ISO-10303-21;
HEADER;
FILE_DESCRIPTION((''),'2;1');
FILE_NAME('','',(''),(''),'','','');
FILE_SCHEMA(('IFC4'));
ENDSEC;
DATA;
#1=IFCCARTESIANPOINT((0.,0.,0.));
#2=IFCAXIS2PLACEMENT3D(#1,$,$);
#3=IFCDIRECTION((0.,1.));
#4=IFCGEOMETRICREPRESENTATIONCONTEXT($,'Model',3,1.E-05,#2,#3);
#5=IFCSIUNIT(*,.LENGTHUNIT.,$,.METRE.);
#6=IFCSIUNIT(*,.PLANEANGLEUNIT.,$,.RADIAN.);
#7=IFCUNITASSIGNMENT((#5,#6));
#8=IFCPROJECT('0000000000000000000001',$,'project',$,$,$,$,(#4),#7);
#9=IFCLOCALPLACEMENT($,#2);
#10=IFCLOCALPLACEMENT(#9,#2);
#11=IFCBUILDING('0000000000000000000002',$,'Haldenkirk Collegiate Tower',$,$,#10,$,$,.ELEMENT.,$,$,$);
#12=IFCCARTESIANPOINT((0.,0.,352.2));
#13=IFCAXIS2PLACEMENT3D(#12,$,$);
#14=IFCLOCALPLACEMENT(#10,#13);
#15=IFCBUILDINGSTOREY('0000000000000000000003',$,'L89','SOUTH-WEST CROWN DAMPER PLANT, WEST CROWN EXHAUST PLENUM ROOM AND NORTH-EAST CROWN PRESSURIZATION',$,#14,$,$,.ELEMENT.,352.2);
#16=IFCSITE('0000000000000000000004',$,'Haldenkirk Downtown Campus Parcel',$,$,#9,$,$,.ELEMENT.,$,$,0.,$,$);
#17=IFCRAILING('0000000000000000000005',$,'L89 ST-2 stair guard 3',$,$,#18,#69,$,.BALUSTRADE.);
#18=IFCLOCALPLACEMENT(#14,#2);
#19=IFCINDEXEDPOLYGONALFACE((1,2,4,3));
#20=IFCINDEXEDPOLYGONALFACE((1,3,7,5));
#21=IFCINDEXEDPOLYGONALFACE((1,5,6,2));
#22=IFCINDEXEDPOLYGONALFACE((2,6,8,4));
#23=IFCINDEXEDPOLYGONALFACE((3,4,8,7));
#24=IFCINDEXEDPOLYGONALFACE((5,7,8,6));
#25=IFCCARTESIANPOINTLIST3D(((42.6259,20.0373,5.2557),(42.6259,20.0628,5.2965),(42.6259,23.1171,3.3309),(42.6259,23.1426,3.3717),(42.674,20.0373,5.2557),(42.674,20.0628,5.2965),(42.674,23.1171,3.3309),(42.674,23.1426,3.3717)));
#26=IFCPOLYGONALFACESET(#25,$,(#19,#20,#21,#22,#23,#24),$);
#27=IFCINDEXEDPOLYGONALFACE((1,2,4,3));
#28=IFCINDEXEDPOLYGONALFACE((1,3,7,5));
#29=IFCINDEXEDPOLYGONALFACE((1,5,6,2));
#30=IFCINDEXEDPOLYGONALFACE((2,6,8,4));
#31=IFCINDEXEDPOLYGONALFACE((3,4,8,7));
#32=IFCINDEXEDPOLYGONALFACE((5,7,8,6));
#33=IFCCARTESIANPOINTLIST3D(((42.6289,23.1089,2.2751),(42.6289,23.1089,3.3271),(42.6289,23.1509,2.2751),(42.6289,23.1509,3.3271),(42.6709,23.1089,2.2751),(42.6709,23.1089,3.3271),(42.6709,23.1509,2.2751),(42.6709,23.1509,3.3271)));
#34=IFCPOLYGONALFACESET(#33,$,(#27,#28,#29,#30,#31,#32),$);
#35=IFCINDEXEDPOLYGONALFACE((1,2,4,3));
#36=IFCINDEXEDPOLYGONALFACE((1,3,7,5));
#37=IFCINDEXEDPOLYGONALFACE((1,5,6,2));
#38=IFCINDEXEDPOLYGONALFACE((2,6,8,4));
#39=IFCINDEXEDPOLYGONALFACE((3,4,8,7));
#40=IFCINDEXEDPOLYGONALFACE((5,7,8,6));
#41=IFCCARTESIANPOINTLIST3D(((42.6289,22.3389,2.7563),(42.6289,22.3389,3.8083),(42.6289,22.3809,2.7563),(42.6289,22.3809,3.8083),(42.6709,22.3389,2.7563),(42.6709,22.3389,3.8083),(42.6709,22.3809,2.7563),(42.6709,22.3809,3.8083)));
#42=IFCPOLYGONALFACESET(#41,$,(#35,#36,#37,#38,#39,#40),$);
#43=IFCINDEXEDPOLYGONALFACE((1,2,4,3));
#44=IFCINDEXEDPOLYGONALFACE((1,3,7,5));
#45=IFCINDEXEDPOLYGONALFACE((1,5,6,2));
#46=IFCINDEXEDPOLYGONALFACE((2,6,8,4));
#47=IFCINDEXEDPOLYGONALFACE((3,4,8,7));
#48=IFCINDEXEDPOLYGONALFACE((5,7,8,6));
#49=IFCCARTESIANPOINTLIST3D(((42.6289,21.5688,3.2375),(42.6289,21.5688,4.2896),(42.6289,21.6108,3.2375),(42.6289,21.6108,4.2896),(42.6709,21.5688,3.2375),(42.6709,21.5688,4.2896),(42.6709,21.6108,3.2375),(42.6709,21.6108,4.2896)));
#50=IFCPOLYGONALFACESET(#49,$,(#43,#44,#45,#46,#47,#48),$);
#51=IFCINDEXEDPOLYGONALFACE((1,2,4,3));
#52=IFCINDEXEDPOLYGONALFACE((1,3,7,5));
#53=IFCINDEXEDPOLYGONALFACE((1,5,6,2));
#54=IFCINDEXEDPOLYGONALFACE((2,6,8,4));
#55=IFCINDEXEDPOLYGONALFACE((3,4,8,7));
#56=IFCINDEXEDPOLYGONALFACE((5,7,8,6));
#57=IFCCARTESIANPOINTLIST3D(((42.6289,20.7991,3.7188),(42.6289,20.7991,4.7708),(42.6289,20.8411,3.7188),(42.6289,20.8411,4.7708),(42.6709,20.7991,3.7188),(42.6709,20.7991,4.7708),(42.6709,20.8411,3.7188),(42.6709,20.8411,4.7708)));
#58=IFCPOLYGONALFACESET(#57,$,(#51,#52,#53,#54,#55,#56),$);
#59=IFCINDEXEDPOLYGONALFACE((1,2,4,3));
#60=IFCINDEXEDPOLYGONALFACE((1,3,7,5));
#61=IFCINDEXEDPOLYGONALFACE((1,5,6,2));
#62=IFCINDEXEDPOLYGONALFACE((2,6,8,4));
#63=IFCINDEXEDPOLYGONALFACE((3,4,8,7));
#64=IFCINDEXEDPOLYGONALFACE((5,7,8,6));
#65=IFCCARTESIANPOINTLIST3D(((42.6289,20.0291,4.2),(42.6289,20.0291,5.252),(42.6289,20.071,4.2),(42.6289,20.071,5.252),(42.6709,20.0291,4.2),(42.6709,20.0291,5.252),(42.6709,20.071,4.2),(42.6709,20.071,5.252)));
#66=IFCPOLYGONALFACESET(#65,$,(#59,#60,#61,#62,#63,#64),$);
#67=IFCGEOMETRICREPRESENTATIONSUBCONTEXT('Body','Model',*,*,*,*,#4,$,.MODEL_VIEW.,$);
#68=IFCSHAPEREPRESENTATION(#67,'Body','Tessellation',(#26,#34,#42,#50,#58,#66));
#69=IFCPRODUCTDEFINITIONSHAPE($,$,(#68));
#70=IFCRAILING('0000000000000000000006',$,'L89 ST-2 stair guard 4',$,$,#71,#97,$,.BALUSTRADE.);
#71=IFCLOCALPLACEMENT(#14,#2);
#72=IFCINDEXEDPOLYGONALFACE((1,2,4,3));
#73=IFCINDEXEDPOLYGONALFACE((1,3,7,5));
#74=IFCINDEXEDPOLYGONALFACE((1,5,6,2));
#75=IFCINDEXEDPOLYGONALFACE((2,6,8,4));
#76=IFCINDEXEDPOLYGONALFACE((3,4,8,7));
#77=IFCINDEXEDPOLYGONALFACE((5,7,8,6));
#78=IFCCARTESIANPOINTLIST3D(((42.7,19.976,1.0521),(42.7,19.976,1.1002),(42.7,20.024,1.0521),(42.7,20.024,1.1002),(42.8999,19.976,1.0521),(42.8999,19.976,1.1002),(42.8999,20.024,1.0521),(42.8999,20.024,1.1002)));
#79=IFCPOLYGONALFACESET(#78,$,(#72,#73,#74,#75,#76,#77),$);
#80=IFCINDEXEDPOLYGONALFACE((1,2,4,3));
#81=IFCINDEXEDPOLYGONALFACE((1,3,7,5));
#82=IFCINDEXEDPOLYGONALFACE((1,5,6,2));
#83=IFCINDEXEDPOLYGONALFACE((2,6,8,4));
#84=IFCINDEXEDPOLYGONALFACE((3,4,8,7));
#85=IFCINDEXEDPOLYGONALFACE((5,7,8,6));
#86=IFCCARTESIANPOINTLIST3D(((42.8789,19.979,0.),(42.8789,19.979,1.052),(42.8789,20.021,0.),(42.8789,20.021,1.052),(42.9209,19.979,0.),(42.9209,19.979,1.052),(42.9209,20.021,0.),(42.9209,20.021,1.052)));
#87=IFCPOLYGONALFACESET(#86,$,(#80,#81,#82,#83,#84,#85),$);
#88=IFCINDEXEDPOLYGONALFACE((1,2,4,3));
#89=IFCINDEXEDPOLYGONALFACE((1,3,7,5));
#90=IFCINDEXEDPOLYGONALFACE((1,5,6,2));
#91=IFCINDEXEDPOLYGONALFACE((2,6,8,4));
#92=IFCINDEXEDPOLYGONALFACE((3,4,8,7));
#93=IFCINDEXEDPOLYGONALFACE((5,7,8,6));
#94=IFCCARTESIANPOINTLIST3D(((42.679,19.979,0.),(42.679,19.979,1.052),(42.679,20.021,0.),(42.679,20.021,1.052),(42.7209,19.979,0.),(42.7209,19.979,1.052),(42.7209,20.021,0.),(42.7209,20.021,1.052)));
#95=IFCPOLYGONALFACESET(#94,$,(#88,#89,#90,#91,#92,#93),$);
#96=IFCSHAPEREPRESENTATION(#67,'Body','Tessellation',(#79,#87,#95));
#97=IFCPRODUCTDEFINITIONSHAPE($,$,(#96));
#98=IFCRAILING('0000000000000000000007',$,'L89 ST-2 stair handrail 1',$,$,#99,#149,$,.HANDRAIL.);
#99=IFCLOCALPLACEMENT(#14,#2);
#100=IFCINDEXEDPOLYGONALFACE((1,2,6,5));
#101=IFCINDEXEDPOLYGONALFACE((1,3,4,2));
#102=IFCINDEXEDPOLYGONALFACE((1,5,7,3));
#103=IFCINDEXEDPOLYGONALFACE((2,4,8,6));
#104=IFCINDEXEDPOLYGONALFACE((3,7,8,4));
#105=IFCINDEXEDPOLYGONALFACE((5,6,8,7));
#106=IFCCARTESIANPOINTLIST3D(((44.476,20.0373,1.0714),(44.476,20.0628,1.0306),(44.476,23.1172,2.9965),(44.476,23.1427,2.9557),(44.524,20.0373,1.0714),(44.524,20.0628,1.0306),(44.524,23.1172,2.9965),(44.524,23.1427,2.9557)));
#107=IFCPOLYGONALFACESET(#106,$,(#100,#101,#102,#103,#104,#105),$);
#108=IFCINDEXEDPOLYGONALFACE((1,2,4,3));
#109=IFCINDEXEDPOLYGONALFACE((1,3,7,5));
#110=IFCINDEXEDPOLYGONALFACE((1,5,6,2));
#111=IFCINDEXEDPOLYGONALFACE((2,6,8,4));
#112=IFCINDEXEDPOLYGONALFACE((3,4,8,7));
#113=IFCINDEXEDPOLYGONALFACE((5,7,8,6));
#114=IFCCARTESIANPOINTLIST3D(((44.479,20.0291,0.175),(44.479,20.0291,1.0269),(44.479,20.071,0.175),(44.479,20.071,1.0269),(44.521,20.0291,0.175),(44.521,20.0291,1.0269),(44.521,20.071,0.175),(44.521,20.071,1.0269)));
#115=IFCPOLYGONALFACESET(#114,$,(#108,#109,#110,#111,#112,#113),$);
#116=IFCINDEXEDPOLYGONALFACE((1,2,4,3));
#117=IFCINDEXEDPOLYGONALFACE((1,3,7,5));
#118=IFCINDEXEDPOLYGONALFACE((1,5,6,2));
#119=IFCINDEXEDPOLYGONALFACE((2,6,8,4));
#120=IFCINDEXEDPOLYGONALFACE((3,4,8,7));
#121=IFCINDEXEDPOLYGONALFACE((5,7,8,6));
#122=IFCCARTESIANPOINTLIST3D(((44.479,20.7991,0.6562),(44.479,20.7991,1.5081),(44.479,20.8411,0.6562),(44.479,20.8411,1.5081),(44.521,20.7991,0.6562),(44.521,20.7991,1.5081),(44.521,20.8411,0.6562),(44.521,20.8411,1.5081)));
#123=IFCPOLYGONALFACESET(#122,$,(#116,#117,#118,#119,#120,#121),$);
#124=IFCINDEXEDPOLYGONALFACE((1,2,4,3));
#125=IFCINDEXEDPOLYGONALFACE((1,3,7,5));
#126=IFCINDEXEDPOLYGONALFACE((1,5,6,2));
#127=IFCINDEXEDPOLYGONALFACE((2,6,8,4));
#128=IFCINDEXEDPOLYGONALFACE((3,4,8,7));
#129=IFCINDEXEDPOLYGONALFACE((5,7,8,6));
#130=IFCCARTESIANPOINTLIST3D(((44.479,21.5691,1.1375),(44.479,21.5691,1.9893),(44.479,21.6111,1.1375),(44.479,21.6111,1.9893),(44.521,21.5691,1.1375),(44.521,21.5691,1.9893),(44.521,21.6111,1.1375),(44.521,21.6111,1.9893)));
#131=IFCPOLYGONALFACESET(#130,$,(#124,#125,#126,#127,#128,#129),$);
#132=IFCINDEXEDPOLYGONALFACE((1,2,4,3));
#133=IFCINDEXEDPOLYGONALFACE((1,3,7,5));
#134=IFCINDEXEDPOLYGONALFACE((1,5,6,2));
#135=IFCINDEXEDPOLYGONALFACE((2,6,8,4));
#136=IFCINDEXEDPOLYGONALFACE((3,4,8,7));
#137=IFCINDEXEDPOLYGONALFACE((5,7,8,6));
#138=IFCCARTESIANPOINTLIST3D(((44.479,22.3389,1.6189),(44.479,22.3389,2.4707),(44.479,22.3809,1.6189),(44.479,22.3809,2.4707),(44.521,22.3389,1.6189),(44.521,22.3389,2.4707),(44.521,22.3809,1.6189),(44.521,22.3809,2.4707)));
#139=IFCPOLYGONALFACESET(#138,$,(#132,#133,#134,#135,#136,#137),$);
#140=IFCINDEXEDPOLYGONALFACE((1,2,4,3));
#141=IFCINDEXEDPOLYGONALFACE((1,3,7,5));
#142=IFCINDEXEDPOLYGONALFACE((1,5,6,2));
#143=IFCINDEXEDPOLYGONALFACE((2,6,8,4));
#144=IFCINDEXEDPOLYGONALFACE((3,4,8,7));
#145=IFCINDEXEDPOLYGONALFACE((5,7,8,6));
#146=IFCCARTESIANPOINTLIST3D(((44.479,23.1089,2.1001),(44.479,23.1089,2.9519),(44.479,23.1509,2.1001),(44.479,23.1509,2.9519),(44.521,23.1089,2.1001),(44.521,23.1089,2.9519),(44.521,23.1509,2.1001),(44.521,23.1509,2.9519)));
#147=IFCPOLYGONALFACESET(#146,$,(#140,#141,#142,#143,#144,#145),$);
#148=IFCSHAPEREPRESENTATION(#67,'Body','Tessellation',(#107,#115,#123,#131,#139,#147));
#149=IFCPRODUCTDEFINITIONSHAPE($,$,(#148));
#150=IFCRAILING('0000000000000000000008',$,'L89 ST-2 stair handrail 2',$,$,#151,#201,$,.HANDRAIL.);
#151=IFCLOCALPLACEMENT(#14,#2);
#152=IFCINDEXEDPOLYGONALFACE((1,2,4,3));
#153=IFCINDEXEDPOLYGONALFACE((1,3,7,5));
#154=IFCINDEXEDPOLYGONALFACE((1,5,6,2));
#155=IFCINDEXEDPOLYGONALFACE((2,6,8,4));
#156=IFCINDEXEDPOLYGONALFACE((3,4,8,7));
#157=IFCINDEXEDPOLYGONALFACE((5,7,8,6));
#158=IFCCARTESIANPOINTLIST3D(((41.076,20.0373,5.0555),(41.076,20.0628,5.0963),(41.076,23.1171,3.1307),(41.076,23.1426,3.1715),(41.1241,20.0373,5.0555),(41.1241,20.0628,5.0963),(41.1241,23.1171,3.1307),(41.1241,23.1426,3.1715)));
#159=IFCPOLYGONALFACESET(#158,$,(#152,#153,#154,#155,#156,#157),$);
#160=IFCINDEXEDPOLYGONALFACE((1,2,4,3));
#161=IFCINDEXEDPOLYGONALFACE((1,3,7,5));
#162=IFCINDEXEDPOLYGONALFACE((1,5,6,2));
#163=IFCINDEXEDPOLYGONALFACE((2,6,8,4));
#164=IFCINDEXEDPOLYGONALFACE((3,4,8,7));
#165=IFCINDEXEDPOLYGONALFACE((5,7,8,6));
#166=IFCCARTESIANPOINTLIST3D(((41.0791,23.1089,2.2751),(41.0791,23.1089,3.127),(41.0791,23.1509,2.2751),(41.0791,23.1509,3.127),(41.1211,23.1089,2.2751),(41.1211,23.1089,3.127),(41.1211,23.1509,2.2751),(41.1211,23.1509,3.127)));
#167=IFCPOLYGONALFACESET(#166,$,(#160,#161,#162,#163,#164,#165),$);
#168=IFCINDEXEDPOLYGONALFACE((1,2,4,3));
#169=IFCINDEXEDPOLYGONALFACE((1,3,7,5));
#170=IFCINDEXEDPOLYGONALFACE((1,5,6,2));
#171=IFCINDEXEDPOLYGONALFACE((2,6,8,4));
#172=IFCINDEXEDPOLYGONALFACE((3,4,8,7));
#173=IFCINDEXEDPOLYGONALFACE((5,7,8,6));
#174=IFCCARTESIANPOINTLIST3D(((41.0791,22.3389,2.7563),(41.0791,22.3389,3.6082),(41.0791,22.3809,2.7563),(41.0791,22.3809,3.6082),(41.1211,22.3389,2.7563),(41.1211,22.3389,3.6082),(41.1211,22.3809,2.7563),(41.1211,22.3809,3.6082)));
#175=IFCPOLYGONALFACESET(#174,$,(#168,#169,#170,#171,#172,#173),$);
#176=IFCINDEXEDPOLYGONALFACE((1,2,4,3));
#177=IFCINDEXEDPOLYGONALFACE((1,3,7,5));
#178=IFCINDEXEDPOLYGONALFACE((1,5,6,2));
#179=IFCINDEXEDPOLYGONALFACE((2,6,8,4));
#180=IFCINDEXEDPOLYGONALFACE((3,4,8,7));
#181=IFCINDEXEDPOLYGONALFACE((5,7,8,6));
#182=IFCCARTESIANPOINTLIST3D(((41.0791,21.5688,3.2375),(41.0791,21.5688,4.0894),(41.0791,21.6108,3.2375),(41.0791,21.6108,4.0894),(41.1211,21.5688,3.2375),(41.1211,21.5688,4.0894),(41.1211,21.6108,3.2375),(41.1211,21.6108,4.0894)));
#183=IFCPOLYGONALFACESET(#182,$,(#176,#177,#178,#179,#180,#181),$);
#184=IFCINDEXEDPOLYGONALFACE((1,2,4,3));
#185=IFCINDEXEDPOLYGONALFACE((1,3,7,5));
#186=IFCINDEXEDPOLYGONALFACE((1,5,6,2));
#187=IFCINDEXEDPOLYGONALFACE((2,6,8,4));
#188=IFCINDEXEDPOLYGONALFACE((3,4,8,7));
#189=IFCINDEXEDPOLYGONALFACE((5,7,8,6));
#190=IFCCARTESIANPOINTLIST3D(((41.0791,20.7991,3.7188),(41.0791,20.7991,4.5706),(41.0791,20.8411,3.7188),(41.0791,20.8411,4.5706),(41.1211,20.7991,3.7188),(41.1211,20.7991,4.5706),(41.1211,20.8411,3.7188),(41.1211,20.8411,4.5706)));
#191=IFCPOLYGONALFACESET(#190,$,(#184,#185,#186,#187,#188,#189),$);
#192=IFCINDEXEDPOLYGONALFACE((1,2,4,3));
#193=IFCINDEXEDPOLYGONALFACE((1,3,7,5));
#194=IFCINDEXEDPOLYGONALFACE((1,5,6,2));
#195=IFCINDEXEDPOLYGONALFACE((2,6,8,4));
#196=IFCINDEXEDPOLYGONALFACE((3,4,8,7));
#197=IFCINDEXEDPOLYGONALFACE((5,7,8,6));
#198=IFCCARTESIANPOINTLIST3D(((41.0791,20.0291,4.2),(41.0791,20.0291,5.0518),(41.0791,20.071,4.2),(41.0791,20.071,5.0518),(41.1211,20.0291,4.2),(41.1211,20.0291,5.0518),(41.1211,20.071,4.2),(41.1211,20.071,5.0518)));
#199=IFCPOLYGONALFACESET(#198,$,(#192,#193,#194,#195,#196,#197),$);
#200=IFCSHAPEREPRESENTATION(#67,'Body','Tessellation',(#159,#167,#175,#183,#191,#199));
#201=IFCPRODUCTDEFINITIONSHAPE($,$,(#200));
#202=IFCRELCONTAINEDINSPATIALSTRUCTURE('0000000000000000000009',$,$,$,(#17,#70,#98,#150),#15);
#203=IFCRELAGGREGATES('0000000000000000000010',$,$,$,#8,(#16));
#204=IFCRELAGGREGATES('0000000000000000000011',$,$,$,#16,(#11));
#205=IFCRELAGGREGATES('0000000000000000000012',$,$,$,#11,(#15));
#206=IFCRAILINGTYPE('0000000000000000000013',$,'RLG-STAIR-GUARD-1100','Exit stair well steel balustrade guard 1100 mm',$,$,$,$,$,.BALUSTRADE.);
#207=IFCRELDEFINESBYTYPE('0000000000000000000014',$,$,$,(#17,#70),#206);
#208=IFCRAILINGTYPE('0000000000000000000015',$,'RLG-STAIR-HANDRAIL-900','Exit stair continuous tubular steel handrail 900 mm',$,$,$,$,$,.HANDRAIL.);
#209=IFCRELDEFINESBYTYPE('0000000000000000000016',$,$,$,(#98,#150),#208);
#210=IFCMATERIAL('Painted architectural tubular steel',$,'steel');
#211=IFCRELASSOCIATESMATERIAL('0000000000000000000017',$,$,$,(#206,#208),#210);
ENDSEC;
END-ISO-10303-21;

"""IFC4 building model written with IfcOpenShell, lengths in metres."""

from ifc_helpers import new_model, si_unit, direction, frame, origin, origin_2d, place, context, subcontext, project, spatial, rectangle, extrude, material, type_object, element, save


model = new_model("IFC4")

# Units and contexts
model_context = context("Model", 3, precision=1e-05, world=origin(), true_north=direction((0.0, 1.0)))
body_context = subcontext(model_context, "Body", "Model", "MODEL_VIEW")
ifc_project = project(units=[si_unit("LENGTHUNIT", "METRE"), si_unit("PLANEANGLEUNIT", "RADIAN")], contexts=[model_context])

# Site, building, storey
site_placement = place(None, origin())
site = spatial("IfcSite", under=ifc_project, at=site_placement, Name="Haldenkirk Downtown Campus Parcel", CompositionType="ELEMENT", RefElevation=0.0)
building_placement = place(site_placement, origin())
building = spatial("IfcBuilding", under=site, at=building_placement, Name="Haldenkirk Collegiate Tower", CompositionType="ELEMENT")
storey_placement = place(building_placement, frame((0.0, 0.0, 352.2)))
storey = spatial("IfcBuildingStorey", under=building, at=storey_placement, Name="L89", Description="SOUTH-WEST CROWN DAMPER PLANT, WEST CROWN EXHAUST PLENUM ROOM AND NORTH-EAST CROWN PRESSURIZATION", CompositionType="ELEMENT", Elevation=352.2)

# Railings
ifc_material_1 = material(Name="Painted architectural tubular steel", Category="steel")
railing_type_1 = type_object("IfcRailingType", Name="RLG-STAIR-GUARD-1100", Description="Exit stair well steel balustrade guard 1100 mm", PredefinedType="BALUSTRADE", material=ifc_material_1)
railing_1_placement = place(storey_placement, frame((42.6499, 23.1299, 2.2751)))
element("IfcRailing", 1, at=railing_1_placement, inside=storey, type_object=railing_type_1, Name="L89 ST-2 stair guard 3", PredefinedType="BALUSTRADE", context=body_context, shape_type="SweptSolid", body=[
    extrude(rectangle(XDim=0.0481, YDim=0.0481, at=origin_2d()), frame((0.0, 0.0, 1.0762), z_axis=(0.0, -0.84801, 0.529981), x_axis=(1.0, 0.0, 0.0)), (0.0, 0.0, 1.0), 3.6318),
    extrude(rectangle(XDim=0.042, YDim=0.042, at=origin_2d()), origin(), (0.0, 0.0, 1.0), 1.052),
    extrude(rectangle(XDim=0.042, YDim=0.042, at=origin_2d()), frame((0.0, -0.77, 0.4812)), (0.0, 0.0, 1.0), 1.052),
    extrude(rectangle(XDim=0.042, YDim=0.042, at=origin_2d()), frame((0.0, -1.54, 0.9624)), (0.0, 0.0, 1.0), 1.052),
    extrude(rectangle(XDim=0.042, YDim=0.042, at=origin_2d()), frame((0.0, -2.3098, 1.4436)), (0.0, 0.0, 1.0), 1.052),
    extrude(rectangle(XDim=0.042, YDim=0.042, at=origin_2d()), frame((0.0, -3.0798, 1.9248)), (0.0, 0.0, 1.0), 1.052),
])
railing_2_placement = place(storey_placement, frame((42.8999, 20.0, 0.0)))
element("IfcRailing", 2, at=railing_2_placement, inside=storey, type_object=railing_type_1, Name="L89 ST-2 stair guard 4", PredefinedType="BALUSTRADE", context=body_context, shape_type="SweptSolid", body=[
    extrude(rectangle(XDim=0.0481, YDim=0.0481, at=origin_2d()), frame((0.0, 0.0, 1.0762), z_axis=(-1.0, 0.0, 0.0), x_axis=(0.0, -1.0, 0.0)), (0.0, 0.0, 1.0), 0.2),
    extrude(rectangle(XDim=0.042, YDim=0.042, at=origin_2d()), origin(), (0.0, 0.0, 1.0), 1.052),
    extrude(rectangle(XDim=0.042, YDim=0.042, at=origin_2d()), frame((-0.2, 0.0, 0.0)), (0.0, 0.0, 1.0), 1.052),
])
railing_type_2 = type_object("IfcRailingType", Name="RLG-STAIR-HANDRAIL-900", Description="Exit stair continuous tubular steel handrail 900 mm", PredefinedType="HANDRAIL", material=ifc_material_1)
railing_3_placement = place(storey_placement, frame((44.5, 20.05, 0.175)))
element("IfcRailing", 3, at=railing_3_placement, inside=storey, type_object=railing_type_2, Name="L89 ST-2 stair handrail 1", PredefinedType="HANDRAIL", context=body_context, shape_type="SweptSolid", body=[
    extrude(rectangle(XDim=0.0481, YDim=0.0481, at=origin_2d()), frame((0.0, 0.0, 0.876), z_axis=(0.0, 0.847979, 0.530029), x_axis=(-1.0, 0.0, 0.0)), (0.0, 0.0, 1.0), 3.6321),
    extrude(rectangle(XDim=0.042, YDim=0.042, at=origin_2d()), origin(), (0.0, 0.0, 1.0), 0.8518),
    extrude(rectangle(XDim=0.042, YDim=0.042, at=origin_2d()), frame((0.0, 0.77, 0.4812)), (0.0, 0.0, 1.0), 0.8518),
    extrude(rectangle(XDim=0.042, YDim=0.042, at=origin_2d()), frame((0.0, 1.54, 0.9624)), (0.0, 0.0, 1.0), 0.8518),
    extrude(rectangle(XDim=0.042, YDim=0.042, at=origin_2d()), frame((0.0, 2.3098, 1.4438)), (0.0, 0.0, 1.0), 0.8518),
    extrude(rectangle(XDim=0.042, YDim=0.042, at=origin_2d()), frame((0.0, 3.0798, 1.925)), (0.0, 0.0, 1.0), 0.8518),
])
railing_4_placement = place(storey_placement, frame((41.1001, 23.1299, 2.2751)))
element("IfcRailing", 4, at=railing_4_placement, inside=storey, type_object=railing_type_2, Name="L89 ST-2 stair handrail 2", PredefinedType="HANDRAIL", context=body_context, shape_type="SweptSolid", body=[
    extrude(rectangle(XDim=0.0481, YDim=0.0481, at=origin_2d()), frame((0.0, 0.0, 0.876), z_axis=(0.0, -0.84801, 0.529981), x_axis=(1.0, 0.0, 0.0)), (0.0, 0.0, 1.0), 3.6318),
    extrude(rectangle(XDim=0.042, YDim=0.042, at=origin_2d()), origin(), (0.0, 0.0, 1.0), 0.8518),
    extrude(rectangle(XDim=0.042, YDim=0.042, at=origin_2d()), frame((0.0, -0.77, 0.4812)), (0.0, 0.0, 1.0), 0.8518),
    extrude(rectangle(XDim=0.042, YDim=0.042, at=origin_2d()), frame((0.0, -1.54, 0.9624)), (0.0, 0.0, 1.0), 0.8518),
    extrude(rectangle(XDim=0.042, YDim=0.042, at=origin_2d()), frame((0.0, -2.3098, 1.4436)), (0.0, 0.0, 1.0), 0.8518),
    extrude(rectangle(XDim=0.042, YDim=0.042, at=origin_2d()), frame((0.0, -3.0798, 1.9248)), (0.0, 0.0, 1.0), 0.8518),
])

save(model, "model.ifc")
